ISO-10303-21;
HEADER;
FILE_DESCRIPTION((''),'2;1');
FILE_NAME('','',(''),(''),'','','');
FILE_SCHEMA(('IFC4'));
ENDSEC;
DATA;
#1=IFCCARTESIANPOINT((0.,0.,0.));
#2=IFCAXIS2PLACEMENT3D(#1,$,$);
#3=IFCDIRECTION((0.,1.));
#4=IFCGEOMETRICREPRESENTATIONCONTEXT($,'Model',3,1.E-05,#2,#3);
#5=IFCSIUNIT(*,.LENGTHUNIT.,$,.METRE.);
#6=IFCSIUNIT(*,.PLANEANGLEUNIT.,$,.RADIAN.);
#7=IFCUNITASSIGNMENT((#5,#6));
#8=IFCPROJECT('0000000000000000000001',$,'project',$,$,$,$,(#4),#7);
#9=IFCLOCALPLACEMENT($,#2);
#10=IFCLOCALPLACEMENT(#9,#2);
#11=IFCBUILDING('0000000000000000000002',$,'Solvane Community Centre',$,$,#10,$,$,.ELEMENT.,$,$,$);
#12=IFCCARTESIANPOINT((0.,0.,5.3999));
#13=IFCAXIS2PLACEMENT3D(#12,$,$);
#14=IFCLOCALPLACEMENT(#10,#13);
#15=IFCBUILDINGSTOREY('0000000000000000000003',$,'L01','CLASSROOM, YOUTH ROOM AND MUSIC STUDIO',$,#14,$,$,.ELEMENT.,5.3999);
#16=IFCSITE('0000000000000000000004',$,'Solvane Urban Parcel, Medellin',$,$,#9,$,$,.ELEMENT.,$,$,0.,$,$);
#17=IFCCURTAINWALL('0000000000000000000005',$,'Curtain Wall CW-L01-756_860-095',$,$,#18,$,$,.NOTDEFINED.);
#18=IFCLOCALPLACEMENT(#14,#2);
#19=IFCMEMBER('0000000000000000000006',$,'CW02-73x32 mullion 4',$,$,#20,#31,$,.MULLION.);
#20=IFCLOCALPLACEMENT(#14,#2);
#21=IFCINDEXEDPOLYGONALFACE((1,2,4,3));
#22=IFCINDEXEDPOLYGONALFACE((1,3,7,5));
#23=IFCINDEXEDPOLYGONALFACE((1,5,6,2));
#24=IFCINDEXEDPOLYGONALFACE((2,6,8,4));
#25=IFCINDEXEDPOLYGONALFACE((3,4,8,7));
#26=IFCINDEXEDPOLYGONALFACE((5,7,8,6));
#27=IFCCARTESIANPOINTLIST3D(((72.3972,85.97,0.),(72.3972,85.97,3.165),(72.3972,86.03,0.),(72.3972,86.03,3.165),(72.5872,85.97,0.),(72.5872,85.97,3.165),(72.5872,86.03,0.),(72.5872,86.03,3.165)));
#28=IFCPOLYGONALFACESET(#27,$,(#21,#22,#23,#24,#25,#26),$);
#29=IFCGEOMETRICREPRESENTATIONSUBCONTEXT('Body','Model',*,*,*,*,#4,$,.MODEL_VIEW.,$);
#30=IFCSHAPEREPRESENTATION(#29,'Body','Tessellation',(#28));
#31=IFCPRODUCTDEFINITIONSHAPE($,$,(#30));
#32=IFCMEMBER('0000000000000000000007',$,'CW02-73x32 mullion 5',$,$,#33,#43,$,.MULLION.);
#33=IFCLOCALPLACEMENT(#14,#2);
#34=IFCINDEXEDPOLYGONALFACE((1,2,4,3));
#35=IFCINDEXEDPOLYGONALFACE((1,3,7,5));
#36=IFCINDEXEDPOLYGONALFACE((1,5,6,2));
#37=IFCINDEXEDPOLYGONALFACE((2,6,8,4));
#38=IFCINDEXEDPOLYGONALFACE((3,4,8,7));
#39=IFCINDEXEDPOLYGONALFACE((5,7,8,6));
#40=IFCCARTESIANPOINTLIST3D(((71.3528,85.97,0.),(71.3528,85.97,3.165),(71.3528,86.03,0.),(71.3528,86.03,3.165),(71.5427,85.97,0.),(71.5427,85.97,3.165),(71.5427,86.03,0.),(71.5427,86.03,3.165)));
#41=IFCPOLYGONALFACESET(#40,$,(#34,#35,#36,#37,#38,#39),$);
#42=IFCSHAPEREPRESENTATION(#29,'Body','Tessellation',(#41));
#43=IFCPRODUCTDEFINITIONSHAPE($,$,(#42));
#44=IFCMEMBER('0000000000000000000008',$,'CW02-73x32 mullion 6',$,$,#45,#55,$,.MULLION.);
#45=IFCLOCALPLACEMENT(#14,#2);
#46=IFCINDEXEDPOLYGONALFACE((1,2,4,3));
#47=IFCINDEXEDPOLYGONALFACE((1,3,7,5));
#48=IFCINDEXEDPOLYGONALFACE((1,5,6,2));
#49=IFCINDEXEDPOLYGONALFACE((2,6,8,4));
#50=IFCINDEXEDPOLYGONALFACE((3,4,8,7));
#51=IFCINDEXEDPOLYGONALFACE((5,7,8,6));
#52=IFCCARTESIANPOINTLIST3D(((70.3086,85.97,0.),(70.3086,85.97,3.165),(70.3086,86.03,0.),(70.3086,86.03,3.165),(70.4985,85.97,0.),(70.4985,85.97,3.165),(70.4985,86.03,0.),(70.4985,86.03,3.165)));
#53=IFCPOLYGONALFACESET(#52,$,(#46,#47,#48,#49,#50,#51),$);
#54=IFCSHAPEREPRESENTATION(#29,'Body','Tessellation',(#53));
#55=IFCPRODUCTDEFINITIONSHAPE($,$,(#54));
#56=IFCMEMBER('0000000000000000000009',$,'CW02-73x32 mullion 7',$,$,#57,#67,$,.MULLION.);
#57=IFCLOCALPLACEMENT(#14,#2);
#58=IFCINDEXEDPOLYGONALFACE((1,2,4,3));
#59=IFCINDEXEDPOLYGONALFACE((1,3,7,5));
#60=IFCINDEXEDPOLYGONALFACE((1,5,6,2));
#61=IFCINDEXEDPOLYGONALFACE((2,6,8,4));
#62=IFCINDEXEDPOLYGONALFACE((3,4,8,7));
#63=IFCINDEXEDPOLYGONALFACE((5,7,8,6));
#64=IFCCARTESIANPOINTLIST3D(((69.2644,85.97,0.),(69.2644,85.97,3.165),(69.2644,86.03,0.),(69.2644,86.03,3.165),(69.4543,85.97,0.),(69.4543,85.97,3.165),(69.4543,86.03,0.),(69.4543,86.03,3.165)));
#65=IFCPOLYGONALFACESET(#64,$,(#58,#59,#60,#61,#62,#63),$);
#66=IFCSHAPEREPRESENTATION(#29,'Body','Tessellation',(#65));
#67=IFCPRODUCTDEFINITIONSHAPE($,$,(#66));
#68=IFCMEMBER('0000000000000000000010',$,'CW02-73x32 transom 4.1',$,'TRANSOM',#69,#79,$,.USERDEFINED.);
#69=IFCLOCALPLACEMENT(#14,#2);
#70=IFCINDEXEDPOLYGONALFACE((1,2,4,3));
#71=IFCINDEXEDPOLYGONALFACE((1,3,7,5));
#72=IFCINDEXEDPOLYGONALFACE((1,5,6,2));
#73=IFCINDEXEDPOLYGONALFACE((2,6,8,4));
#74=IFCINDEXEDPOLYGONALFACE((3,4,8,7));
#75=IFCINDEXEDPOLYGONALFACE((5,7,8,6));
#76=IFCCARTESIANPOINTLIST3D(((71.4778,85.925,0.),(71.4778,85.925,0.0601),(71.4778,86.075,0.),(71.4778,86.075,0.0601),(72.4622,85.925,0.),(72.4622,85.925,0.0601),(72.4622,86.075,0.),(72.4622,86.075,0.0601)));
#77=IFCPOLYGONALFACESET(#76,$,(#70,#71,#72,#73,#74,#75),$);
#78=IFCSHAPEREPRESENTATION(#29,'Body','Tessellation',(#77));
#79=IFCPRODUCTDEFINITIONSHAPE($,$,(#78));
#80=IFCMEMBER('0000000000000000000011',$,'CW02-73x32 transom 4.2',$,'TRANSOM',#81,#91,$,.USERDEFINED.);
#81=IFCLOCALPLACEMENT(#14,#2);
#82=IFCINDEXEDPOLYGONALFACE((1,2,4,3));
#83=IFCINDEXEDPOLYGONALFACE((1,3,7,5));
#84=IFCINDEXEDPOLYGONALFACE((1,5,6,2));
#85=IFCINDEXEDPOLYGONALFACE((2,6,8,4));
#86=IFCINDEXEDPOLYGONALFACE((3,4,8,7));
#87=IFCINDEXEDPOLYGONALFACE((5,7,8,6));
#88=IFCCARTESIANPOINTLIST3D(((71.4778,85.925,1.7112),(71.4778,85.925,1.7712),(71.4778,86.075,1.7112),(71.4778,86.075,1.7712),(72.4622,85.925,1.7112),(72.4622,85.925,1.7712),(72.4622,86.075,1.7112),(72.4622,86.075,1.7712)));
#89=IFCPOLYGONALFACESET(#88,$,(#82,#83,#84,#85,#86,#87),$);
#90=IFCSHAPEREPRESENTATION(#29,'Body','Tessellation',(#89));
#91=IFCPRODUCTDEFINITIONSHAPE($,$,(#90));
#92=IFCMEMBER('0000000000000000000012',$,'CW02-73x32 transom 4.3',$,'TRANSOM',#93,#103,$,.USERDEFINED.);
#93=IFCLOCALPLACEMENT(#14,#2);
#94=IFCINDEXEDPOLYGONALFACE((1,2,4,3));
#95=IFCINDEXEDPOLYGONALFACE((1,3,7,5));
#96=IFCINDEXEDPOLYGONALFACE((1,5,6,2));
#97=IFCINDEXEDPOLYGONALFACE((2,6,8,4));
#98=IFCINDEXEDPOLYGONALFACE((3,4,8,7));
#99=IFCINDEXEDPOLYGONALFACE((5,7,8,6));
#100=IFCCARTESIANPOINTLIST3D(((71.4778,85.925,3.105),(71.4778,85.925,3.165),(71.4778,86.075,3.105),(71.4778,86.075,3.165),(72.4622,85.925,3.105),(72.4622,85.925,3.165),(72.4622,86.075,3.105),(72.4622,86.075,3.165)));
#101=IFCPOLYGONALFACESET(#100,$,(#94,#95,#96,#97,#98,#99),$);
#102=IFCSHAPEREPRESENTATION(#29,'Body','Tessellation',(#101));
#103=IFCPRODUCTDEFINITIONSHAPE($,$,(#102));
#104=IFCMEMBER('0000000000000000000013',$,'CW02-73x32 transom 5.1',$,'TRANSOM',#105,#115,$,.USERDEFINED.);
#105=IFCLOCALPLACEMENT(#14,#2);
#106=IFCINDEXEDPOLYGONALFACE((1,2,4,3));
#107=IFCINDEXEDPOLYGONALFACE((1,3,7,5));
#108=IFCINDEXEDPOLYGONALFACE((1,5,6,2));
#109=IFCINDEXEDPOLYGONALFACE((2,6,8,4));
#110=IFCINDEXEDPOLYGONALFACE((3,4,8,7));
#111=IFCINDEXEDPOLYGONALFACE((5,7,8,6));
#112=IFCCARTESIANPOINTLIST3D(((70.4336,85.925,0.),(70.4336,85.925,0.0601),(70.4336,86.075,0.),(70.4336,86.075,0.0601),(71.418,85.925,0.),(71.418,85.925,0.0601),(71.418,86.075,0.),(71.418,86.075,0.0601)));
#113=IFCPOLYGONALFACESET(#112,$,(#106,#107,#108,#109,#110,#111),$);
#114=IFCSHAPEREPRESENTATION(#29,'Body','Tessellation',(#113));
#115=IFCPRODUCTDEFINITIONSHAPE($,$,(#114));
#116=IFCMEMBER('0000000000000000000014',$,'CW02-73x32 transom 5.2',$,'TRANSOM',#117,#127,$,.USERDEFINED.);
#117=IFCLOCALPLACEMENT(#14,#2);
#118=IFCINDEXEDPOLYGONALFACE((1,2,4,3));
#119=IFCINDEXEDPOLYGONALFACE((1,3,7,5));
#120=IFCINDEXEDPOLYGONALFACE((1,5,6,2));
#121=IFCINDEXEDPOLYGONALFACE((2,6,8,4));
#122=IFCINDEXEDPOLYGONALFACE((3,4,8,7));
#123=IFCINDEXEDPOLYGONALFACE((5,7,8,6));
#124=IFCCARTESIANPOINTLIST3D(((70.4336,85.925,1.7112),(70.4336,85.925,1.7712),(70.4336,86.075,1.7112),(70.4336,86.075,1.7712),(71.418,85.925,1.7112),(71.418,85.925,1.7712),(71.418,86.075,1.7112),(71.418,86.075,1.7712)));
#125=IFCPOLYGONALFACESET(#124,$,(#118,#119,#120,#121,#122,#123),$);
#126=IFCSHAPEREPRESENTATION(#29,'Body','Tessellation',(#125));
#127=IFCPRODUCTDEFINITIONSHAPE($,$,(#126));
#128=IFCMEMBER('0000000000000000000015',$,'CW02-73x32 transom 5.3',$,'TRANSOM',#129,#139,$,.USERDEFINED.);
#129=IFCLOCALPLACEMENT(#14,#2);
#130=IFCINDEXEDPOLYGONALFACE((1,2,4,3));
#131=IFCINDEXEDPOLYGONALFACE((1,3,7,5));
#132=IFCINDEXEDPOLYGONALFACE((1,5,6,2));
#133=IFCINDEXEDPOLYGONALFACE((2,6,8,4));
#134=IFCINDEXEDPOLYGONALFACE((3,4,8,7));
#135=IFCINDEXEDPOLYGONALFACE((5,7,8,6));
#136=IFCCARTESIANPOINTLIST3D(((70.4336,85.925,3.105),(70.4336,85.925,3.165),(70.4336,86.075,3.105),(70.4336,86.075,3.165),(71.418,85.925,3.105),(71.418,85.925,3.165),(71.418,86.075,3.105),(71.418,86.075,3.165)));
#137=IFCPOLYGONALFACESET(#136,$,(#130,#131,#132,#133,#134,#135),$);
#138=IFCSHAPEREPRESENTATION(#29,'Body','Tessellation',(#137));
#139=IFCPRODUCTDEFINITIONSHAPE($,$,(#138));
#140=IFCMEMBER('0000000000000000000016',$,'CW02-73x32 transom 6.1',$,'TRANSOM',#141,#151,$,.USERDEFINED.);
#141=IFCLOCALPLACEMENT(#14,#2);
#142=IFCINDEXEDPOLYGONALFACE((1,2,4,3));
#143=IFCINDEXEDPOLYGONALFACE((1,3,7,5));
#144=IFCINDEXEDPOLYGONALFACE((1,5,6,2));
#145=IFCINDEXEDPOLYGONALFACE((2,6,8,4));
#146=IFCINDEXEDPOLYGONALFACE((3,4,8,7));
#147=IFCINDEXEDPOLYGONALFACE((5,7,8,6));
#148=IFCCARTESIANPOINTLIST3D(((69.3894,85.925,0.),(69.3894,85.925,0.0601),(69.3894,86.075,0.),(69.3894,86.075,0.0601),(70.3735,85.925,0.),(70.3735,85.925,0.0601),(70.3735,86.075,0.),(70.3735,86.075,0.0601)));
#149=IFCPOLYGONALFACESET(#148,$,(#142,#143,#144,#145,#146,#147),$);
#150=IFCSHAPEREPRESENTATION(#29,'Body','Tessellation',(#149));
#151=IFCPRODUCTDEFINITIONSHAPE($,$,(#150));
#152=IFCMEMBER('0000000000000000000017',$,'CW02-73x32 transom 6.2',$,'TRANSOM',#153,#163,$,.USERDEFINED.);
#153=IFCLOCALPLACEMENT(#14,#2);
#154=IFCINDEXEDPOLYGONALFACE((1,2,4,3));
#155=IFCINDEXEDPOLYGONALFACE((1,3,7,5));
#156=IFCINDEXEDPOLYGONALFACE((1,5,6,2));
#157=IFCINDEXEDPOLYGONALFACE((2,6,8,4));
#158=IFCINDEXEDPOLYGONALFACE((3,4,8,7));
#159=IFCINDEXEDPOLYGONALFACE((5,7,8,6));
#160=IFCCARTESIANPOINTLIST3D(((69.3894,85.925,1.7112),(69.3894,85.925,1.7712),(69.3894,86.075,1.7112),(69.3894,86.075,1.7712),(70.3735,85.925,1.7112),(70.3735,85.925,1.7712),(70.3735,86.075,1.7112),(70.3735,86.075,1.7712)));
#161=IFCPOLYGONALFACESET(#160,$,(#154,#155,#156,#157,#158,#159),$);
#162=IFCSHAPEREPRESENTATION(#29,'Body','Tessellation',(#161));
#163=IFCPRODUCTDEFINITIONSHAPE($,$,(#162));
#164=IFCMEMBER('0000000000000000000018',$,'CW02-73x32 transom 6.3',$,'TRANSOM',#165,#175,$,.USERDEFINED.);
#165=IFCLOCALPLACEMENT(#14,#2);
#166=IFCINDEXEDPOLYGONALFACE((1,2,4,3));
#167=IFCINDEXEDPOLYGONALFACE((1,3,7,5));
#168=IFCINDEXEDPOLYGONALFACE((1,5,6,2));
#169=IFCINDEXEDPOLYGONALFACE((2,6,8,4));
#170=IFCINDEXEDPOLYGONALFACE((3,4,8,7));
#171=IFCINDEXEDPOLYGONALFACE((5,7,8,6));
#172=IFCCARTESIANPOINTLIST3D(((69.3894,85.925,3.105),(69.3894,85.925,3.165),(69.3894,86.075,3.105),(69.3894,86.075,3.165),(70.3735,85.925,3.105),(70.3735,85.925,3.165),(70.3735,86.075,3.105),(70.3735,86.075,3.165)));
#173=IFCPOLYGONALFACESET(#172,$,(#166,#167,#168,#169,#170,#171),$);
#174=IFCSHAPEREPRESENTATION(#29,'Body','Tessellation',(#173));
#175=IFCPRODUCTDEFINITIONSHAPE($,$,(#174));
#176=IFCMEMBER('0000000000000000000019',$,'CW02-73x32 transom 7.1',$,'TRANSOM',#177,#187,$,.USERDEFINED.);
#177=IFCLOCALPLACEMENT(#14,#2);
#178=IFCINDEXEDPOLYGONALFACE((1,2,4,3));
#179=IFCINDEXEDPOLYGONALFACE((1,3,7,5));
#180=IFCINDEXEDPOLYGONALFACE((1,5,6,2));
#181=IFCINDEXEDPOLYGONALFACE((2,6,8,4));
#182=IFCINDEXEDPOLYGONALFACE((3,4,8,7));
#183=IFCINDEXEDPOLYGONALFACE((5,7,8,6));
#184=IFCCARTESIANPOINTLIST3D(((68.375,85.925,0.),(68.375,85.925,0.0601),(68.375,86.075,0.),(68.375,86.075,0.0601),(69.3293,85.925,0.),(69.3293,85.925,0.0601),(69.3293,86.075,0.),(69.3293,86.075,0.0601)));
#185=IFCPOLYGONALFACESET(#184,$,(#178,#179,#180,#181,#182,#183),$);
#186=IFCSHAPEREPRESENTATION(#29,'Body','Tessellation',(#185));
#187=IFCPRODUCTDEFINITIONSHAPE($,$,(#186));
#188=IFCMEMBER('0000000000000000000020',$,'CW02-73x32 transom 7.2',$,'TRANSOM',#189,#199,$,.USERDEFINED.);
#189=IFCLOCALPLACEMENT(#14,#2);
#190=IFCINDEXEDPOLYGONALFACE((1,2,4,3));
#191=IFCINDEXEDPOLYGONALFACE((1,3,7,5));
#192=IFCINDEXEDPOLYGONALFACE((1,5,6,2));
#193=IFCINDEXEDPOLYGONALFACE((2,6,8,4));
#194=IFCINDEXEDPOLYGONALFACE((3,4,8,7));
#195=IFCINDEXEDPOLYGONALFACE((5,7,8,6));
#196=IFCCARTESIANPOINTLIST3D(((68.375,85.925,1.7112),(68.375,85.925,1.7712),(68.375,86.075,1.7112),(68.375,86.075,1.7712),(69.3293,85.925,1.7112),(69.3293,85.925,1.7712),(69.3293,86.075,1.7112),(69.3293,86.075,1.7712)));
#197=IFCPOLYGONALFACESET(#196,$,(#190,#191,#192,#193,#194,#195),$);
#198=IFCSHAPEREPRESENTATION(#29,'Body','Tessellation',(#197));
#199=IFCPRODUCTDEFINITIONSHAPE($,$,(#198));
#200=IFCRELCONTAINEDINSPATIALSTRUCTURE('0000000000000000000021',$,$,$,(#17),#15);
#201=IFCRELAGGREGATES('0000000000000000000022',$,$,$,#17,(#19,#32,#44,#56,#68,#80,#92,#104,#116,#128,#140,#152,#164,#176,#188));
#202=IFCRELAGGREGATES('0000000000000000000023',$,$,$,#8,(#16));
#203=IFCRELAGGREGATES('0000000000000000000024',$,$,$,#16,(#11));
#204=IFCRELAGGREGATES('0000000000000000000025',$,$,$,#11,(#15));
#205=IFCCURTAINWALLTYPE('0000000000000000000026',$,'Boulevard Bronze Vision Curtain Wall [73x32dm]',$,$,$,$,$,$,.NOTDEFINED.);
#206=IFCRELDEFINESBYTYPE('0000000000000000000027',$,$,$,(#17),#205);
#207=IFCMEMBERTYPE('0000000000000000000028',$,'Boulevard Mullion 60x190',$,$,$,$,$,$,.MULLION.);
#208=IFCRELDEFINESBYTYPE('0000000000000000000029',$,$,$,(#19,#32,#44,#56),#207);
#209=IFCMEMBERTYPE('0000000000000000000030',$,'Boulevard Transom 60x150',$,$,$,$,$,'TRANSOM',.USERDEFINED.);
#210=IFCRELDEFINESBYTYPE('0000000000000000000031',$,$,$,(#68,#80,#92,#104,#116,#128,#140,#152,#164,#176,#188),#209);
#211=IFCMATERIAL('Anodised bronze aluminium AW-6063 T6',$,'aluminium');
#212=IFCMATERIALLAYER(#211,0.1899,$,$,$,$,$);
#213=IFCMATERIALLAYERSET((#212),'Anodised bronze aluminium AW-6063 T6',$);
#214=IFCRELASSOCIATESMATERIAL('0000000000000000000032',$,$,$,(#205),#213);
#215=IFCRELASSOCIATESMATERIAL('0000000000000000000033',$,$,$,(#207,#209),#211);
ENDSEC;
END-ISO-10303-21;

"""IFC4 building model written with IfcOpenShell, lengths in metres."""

from ifc_helpers import new_model, si_unit, direction, frame, origin, origin_2d, place, context, subcontext, project, spatial, rectangle, extrude, material, layer, layer_set, material_profile, profile_set, type_object, element, aggregate, save


model = new_model("IFC4")

# Units and contexts
model_context = context("Model", 3, precision=1e-05, world=origin(), true_north=direction((0.0, 1.0)))
body_context = subcontext(model_context, "Body", "Model", "MODEL_VIEW")
ifc_project = project(units=[si_unit("LENGTHUNIT", "METRE"), si_unit("PLANEANGLEUNIT", "RADIAN")], contexts=[model_context])

# Site, building, storey
site_placement = place(None, origin())
site = spatial("IfcSite", under=ifc_project, at=site_placement, Name="Solvane Urban Parcel, Medellin", CompositionType="ELEMENT", RefElevation=0.0)
building_placement = place(site_placement, origin())
building = spatial("IfcBuilding", under=site, at=building_placement, Name="Solvane Community Centre", CompositionType="ELEMENT")
storey_placement = place(building_placement, frame((0.0, 0.0, 5.3999)))
storey = spatial("IfcBuildingStorey", under=building, at=storey_placement, Name="L01", Description="CLASSROOM, YOUTH ROOM AND MUSIC STUDIO", CompositionType="ELEMENT", Elevation=5.3999)

# Curtain wall, members
ifc_material_1 = material(Name="Anodised bronze aluminium AW-6063 T6", Category="aluminium")
ifc_layer_1 = layer(ifc_material_1, 0.1899)
ifc_layer_set_1 = layer_set([ifc_layer_1], Name="Anodised bronze aluminium AW-6063 T6")
curtain_wall_type = type_object("IfcCurtainWallType", Name="Boulevard Bronze Vision Curtain Wall [73x32dm]", PredefinedType="NOTDEFINED", material=ifc_layer_set_1)
curtain_wall_placement = place(storey_placement, origin())
curtain_wall = element("IfcCurtainWall", 1, at=curtain_wall_placement, inside=storey, type_object=curtain_wall_type, Name="Curtain Wall CW-L01-756_860-095", PredefinedType="NOTDEFINED")
ifc_material_profile_1 = material_profile(ifc_material_1, rectangle(XDim=0.0601, YDim=0.1899, at=origin_2d()), Name="CW-M 60x190")
ifc_profile_set_1 = profile_set([ifc_material_profile_1], Name="Anodised bronze aluminium AW-6063 T6")
member_type_1 = type_object("IfcMemberType", Name="Boulevard Mullion 60x190", PredefinedType="MULLION", material=ifc_profile_set_1)
member_1_placement = place(storey_placement, frame((72.4922, 86.0, 0.0), z_axis=(0.0, 0.0, 1.0), x_axis=(0.0, -1.0, 0.0)))
member_1 = element("IfcMember", 2, at=member_1_placement, type_object=member_type_1, Name="CW02-73x32 mullion 4", PredefinedType="MULLION", context=body_context, shape_type="SweptSolid", body=[
    extrude(rectangle(XDim=0.0601, YDim=0.1899, at=origin_2d()), origin(), (0.0, 0.0, 1.0), 3.165),
])
member_2_placement = place(storey_placement, frame((71.4478, 86.0, 0.0), z_axis=(0.0, 0.0, 1.0), x_axis=(0.0, -1.0, 0.0)))
member_2 = element("IfcMember", 3, at=member_2_placement, type_object=member_type_1, Name="CW02-73x32 mullion 5", PredefinedType="MULLION", context=body_context, shape_type="SweptSolid", body=[
    extrude(rectangle(XDim=0.0601, YDim=0.1899, at=origin_2d()), origin(), (0.0, 0.0, 1.0), 3.165),
])
member_3_placement = place(storey_placement, frame((70.4036, 86.0, 0.0), z_axis=(0.0, 0.0, 1.0), x_axis=(0.0, -1.0, 0.0)))
member_3 = element("IfcMember", 4, at=member_3_placement, type_object=member_type_1, Name="CW02-73x32 mullion 6", PredefinedType="MULLION", context=body_context, shape_type="SweptSolid", body=[
    extrude(rectangle(XDim=0.0601, YDim=0.1899, at=origin_2d()), origin(), (0.0, 0.0, 1.0), 3.165),
])
member_4_placement = place(storey_placement, frame((69.3594, 86.0, 0.0), z_axis=(0.0, 0.0, 1.0), x_axis=(0.0, -1.0, 0.0)))
member_4 = element("IfcMember", 5, at=member_4_placement, type_object=member_type_1, Name="CW02-73x32 mullion 7", PredefinedType="MULLION", context=body_context, shape_type="SweptSolid", body=[
    extrude(rectangle(XDim=0.0601, YDim=0.1899, at=origin_2d()), origin(), (0.0, 0.0, 1.0), 3.165),
])
ifc_material_profile_2 = material_profile(ifc_material_1, rectangle(XDim=0.1499, YDim=0.0601, at=origin_2d()), Name="CW-T 60x150")
ifc_profile_set_2 = profile_set([ifc_material_profile_2], Name="Anodised bronze aluminium AW-6063 T6")
member_type_2 = type_object("IfcMemberType", Name="Boulevard Transom 60x150", ElementType="TRANSOM", PredefinedType="USERDEFINED", material=ifc_profile_set_2)
member_5_placement = place(storey_placement, frame((72.4622, 86.0, 0.03), z_axis=(-1.0, 0.0, 0.0), x_axis=(0.0, -1.0, 0.0)))
member_5 = element("IfcMember", 6, at=member_5_placement, type_object=member_type_2, Name="CW02-73x32 transom 4.1", ObjectType="TRANSOM", PredefinedType="USERDEFINED", context=body_context, shape_type="SweptSolid", body=[
    extrude(rectangle(XDim=0.1499, YDim=0.0601, at=origin_2d()), origin(), (0.0, 0.0, 1.0), 0.9844),
])
member_6_placement = place(storey_placement, frame((72.4622, 86.0, 1.7412), z_axis=(-1.0, 0.0, 0.0), x_axis=(0.0, -1.0, 0.0)))
member_6 = element("IfcMember", 7, at=member_6_placement, type_object=member_type_2, Name="CW02-73x32 transom 4.2", ObjectType="TRANSOM", PredefinedType="USERDEFINED", context=body_context, shape_type="SweptSolid", body=[
    extrude(rectangle(XDim=0.1499, YDim=0.0601, at=origin_2d()), origin(), (0.0, 0.0, 1.0), 0.9844),
])
member_7_placement = place(storey_placement, frame((72.4622, 86.0, 3.135), z_axis=(-1.0, 0.0, 0.0), x_axis=(0.0, -1.0, 0.0)))
member_7 = element("IfcMember", 8, at=member_7_placement, type_object=member_type_2, Name="CW02-73x32 transom 4.3", ObjectType="TRANSOM", PredefinedType="USERDEFINED", context=body_context, shape_type="SweptSolid", body=[
    extrude(rectangle(XDim=0.1499, YDim=0.0601, at=origin_2d()), origin(), (0.0, 0.0, 1.0), 0.9844),
])
member_8_placement = place(storey_placement, frame((71.418, 86.0, 0.03), z_axis=(-1.0, 0.0, 0.0), x_axis=(0.0, -1.0, 0.0)))
member_8 = element("IfcMember", 9, at=member_8_placement, type_object=member_type_2, Name="CW02-73x32 transom 5.1", ObjectType="TRANSOM", PredefinedType="USERDEFINED", context=body_context, shape_type="SweptSolid", body=[
    extrude(rectangle(XDim=0.1499, YDim=0.0601, at=origin_2d()), origin(), (0.0, 0.0, 1.0), 0.9844),
])
member_9_placement = place(storey_placement, frame((71.418, 86.0, 1.7412), z_axis=(-1.0, 0.0, 0.0), x_axis=(0.0, -1.0, 0.0)))
member_9 = element("IfcMember", 10, at=member_9_placement, type_object=member_type_2, Name="CW02-73x32 transom 5.2", ObjectType="TRANSOM", PredefinedType="USERDEFINED", context=body_context, shape_type="SweptSolid", body=[
    extrude(rectangle(XDim=0.1499, YDim=0.0601, at=origin_2d()), origin(), (0.0, 0.0, 1.0), 0.9844),
])
member_10_placement = place(storey_placement, frame((71.418, 86.0, 3.135), z_axis=(-1.0, 0.0, 0.0), x_axis=(0.0, -1.0, 0.0)))
member_10 = element("IfcMember", 11, at=member_10_placement, type_object=member_type_2, Name="CW02-73x32 transom 5.3", ObjectType="TRANSOM", PredefinedType="USERDEFINED", context=body_context, shape_type="SweptSolid", body=[
    extrude(rectangle(XDim=0.1499, YDim=0.0601, at=origin_2d()), origin(), (0.0, 0.0, 1.0), 0.9844),
])
member_11_placement = place(storey_placement, frame((70.3735, 86.0, 0.03), z_axis=(-1.0, 0.0, 0.0), x_axis=(0.0, -1.0, 0.0)))
member_11 = element("IfcMember", 12, at=member_11_placement, type_object=member_type_2, Name="CW02-73x32 transom 6.1", ObjectType="TRANSOM", PredefinedType="USERDEFINED", context=body_context, shape_type="SweptSolid", body=[
    extrude(rectangle(XDim=0.1499, YDim=0.0601, at=origin_2d()), origin(), (0.0, 0.0, 1.0), 0.9841),
])
member_12_placement = place(storey_placement, frame((70.3735, 86.0, 1.7412), z_axis=(-1.0, 0.0, 0.0), x_axis=(0.0, -1.0, 0.0)))
member_12 = element("IfcMember", 13, at=member_12_placement, type_object=member_type_2, Name="CW02-73x32 transom 6.2", ObjectType="TRANSOM", PredefinedType="USERDEFINED", context=body_context, shape_type="SweptSolid", body=[
    extrude(rectangle(XDim=0.1499, YDim=0.0601, at=origin_2d()), origin(), (0.0, 0.0, 1.0), 0.9841),
])
member_13_placement = place(storey_placement, frame((70.3735, 86.0, 3.135), z_axis=(-1.0, 0.0, 0.0), x_axis=(0.0, -1.0, 0.0)))
member_13 = element("IfcMember", 14, at=member_13_placement, type_object=member_type_2, Name="CW02-73x32 transom 6.3", ObjectType="TRANSOM", PredefinedType="USERDEFINED", context=body_context, shape_type="SweptSolid", body=[
    extrude(rectangle(XDim=0.1499, YDim=0.0601, at=origin_2d()), origin(), (0.0, 0.0, 1.0), 0.9841),
])
member_14_placement = place(storey_placement, frame((69.3293, 86.0, 0.03), z_axis=(-1.0, 0.0, 0.0), x_axis=(0.0, -1.0, 0.0)))
member_14 = element("IfcMember", 15, at=member_14_placement, type_object=member_type_2, Name="CW02-73x32 transom 7.1", ObjectType="TRANSOM", PredefinedType="USERDEFINED", context=body_context, shape_type="SweptSolid", body=[
    extrude(rectangle(XDim=0.1499, YDim=0.0601, at=origin_2d()), origin(), (0.0, 0.0, 1.0), 0.9543),
])
member_15_placement = place(storey_placement, frame((69.3293, 86.0, 1.7412), z_axis=(-1.0, 0.0, 0.0), x_axis=(0.0, -1.0, 0.0)))
member_15 = element("IfcMember", 16, at=member_15_placement, type_object=member_type_2, Name="CW02-73x32 transom 7.2", ObjectType="TRANSOM", PredefinedType="USERDEFINED", context=body_context, shape_type="SweptSolid", body=[
    extrude(rectangle(XDim=0.1499, YDim=0.0601, at=origin_2d()), origin(), (0.0, 0.0, 1.0), 0.9543),
])
aggregate(curtain_wall, [member_1, member_2, member_3, member_4, member_5, member_6, member_7, member_8, member_9, member_10, member_11, member_12, member_13, member_14, member_15])

save(model, "model.ifc")
